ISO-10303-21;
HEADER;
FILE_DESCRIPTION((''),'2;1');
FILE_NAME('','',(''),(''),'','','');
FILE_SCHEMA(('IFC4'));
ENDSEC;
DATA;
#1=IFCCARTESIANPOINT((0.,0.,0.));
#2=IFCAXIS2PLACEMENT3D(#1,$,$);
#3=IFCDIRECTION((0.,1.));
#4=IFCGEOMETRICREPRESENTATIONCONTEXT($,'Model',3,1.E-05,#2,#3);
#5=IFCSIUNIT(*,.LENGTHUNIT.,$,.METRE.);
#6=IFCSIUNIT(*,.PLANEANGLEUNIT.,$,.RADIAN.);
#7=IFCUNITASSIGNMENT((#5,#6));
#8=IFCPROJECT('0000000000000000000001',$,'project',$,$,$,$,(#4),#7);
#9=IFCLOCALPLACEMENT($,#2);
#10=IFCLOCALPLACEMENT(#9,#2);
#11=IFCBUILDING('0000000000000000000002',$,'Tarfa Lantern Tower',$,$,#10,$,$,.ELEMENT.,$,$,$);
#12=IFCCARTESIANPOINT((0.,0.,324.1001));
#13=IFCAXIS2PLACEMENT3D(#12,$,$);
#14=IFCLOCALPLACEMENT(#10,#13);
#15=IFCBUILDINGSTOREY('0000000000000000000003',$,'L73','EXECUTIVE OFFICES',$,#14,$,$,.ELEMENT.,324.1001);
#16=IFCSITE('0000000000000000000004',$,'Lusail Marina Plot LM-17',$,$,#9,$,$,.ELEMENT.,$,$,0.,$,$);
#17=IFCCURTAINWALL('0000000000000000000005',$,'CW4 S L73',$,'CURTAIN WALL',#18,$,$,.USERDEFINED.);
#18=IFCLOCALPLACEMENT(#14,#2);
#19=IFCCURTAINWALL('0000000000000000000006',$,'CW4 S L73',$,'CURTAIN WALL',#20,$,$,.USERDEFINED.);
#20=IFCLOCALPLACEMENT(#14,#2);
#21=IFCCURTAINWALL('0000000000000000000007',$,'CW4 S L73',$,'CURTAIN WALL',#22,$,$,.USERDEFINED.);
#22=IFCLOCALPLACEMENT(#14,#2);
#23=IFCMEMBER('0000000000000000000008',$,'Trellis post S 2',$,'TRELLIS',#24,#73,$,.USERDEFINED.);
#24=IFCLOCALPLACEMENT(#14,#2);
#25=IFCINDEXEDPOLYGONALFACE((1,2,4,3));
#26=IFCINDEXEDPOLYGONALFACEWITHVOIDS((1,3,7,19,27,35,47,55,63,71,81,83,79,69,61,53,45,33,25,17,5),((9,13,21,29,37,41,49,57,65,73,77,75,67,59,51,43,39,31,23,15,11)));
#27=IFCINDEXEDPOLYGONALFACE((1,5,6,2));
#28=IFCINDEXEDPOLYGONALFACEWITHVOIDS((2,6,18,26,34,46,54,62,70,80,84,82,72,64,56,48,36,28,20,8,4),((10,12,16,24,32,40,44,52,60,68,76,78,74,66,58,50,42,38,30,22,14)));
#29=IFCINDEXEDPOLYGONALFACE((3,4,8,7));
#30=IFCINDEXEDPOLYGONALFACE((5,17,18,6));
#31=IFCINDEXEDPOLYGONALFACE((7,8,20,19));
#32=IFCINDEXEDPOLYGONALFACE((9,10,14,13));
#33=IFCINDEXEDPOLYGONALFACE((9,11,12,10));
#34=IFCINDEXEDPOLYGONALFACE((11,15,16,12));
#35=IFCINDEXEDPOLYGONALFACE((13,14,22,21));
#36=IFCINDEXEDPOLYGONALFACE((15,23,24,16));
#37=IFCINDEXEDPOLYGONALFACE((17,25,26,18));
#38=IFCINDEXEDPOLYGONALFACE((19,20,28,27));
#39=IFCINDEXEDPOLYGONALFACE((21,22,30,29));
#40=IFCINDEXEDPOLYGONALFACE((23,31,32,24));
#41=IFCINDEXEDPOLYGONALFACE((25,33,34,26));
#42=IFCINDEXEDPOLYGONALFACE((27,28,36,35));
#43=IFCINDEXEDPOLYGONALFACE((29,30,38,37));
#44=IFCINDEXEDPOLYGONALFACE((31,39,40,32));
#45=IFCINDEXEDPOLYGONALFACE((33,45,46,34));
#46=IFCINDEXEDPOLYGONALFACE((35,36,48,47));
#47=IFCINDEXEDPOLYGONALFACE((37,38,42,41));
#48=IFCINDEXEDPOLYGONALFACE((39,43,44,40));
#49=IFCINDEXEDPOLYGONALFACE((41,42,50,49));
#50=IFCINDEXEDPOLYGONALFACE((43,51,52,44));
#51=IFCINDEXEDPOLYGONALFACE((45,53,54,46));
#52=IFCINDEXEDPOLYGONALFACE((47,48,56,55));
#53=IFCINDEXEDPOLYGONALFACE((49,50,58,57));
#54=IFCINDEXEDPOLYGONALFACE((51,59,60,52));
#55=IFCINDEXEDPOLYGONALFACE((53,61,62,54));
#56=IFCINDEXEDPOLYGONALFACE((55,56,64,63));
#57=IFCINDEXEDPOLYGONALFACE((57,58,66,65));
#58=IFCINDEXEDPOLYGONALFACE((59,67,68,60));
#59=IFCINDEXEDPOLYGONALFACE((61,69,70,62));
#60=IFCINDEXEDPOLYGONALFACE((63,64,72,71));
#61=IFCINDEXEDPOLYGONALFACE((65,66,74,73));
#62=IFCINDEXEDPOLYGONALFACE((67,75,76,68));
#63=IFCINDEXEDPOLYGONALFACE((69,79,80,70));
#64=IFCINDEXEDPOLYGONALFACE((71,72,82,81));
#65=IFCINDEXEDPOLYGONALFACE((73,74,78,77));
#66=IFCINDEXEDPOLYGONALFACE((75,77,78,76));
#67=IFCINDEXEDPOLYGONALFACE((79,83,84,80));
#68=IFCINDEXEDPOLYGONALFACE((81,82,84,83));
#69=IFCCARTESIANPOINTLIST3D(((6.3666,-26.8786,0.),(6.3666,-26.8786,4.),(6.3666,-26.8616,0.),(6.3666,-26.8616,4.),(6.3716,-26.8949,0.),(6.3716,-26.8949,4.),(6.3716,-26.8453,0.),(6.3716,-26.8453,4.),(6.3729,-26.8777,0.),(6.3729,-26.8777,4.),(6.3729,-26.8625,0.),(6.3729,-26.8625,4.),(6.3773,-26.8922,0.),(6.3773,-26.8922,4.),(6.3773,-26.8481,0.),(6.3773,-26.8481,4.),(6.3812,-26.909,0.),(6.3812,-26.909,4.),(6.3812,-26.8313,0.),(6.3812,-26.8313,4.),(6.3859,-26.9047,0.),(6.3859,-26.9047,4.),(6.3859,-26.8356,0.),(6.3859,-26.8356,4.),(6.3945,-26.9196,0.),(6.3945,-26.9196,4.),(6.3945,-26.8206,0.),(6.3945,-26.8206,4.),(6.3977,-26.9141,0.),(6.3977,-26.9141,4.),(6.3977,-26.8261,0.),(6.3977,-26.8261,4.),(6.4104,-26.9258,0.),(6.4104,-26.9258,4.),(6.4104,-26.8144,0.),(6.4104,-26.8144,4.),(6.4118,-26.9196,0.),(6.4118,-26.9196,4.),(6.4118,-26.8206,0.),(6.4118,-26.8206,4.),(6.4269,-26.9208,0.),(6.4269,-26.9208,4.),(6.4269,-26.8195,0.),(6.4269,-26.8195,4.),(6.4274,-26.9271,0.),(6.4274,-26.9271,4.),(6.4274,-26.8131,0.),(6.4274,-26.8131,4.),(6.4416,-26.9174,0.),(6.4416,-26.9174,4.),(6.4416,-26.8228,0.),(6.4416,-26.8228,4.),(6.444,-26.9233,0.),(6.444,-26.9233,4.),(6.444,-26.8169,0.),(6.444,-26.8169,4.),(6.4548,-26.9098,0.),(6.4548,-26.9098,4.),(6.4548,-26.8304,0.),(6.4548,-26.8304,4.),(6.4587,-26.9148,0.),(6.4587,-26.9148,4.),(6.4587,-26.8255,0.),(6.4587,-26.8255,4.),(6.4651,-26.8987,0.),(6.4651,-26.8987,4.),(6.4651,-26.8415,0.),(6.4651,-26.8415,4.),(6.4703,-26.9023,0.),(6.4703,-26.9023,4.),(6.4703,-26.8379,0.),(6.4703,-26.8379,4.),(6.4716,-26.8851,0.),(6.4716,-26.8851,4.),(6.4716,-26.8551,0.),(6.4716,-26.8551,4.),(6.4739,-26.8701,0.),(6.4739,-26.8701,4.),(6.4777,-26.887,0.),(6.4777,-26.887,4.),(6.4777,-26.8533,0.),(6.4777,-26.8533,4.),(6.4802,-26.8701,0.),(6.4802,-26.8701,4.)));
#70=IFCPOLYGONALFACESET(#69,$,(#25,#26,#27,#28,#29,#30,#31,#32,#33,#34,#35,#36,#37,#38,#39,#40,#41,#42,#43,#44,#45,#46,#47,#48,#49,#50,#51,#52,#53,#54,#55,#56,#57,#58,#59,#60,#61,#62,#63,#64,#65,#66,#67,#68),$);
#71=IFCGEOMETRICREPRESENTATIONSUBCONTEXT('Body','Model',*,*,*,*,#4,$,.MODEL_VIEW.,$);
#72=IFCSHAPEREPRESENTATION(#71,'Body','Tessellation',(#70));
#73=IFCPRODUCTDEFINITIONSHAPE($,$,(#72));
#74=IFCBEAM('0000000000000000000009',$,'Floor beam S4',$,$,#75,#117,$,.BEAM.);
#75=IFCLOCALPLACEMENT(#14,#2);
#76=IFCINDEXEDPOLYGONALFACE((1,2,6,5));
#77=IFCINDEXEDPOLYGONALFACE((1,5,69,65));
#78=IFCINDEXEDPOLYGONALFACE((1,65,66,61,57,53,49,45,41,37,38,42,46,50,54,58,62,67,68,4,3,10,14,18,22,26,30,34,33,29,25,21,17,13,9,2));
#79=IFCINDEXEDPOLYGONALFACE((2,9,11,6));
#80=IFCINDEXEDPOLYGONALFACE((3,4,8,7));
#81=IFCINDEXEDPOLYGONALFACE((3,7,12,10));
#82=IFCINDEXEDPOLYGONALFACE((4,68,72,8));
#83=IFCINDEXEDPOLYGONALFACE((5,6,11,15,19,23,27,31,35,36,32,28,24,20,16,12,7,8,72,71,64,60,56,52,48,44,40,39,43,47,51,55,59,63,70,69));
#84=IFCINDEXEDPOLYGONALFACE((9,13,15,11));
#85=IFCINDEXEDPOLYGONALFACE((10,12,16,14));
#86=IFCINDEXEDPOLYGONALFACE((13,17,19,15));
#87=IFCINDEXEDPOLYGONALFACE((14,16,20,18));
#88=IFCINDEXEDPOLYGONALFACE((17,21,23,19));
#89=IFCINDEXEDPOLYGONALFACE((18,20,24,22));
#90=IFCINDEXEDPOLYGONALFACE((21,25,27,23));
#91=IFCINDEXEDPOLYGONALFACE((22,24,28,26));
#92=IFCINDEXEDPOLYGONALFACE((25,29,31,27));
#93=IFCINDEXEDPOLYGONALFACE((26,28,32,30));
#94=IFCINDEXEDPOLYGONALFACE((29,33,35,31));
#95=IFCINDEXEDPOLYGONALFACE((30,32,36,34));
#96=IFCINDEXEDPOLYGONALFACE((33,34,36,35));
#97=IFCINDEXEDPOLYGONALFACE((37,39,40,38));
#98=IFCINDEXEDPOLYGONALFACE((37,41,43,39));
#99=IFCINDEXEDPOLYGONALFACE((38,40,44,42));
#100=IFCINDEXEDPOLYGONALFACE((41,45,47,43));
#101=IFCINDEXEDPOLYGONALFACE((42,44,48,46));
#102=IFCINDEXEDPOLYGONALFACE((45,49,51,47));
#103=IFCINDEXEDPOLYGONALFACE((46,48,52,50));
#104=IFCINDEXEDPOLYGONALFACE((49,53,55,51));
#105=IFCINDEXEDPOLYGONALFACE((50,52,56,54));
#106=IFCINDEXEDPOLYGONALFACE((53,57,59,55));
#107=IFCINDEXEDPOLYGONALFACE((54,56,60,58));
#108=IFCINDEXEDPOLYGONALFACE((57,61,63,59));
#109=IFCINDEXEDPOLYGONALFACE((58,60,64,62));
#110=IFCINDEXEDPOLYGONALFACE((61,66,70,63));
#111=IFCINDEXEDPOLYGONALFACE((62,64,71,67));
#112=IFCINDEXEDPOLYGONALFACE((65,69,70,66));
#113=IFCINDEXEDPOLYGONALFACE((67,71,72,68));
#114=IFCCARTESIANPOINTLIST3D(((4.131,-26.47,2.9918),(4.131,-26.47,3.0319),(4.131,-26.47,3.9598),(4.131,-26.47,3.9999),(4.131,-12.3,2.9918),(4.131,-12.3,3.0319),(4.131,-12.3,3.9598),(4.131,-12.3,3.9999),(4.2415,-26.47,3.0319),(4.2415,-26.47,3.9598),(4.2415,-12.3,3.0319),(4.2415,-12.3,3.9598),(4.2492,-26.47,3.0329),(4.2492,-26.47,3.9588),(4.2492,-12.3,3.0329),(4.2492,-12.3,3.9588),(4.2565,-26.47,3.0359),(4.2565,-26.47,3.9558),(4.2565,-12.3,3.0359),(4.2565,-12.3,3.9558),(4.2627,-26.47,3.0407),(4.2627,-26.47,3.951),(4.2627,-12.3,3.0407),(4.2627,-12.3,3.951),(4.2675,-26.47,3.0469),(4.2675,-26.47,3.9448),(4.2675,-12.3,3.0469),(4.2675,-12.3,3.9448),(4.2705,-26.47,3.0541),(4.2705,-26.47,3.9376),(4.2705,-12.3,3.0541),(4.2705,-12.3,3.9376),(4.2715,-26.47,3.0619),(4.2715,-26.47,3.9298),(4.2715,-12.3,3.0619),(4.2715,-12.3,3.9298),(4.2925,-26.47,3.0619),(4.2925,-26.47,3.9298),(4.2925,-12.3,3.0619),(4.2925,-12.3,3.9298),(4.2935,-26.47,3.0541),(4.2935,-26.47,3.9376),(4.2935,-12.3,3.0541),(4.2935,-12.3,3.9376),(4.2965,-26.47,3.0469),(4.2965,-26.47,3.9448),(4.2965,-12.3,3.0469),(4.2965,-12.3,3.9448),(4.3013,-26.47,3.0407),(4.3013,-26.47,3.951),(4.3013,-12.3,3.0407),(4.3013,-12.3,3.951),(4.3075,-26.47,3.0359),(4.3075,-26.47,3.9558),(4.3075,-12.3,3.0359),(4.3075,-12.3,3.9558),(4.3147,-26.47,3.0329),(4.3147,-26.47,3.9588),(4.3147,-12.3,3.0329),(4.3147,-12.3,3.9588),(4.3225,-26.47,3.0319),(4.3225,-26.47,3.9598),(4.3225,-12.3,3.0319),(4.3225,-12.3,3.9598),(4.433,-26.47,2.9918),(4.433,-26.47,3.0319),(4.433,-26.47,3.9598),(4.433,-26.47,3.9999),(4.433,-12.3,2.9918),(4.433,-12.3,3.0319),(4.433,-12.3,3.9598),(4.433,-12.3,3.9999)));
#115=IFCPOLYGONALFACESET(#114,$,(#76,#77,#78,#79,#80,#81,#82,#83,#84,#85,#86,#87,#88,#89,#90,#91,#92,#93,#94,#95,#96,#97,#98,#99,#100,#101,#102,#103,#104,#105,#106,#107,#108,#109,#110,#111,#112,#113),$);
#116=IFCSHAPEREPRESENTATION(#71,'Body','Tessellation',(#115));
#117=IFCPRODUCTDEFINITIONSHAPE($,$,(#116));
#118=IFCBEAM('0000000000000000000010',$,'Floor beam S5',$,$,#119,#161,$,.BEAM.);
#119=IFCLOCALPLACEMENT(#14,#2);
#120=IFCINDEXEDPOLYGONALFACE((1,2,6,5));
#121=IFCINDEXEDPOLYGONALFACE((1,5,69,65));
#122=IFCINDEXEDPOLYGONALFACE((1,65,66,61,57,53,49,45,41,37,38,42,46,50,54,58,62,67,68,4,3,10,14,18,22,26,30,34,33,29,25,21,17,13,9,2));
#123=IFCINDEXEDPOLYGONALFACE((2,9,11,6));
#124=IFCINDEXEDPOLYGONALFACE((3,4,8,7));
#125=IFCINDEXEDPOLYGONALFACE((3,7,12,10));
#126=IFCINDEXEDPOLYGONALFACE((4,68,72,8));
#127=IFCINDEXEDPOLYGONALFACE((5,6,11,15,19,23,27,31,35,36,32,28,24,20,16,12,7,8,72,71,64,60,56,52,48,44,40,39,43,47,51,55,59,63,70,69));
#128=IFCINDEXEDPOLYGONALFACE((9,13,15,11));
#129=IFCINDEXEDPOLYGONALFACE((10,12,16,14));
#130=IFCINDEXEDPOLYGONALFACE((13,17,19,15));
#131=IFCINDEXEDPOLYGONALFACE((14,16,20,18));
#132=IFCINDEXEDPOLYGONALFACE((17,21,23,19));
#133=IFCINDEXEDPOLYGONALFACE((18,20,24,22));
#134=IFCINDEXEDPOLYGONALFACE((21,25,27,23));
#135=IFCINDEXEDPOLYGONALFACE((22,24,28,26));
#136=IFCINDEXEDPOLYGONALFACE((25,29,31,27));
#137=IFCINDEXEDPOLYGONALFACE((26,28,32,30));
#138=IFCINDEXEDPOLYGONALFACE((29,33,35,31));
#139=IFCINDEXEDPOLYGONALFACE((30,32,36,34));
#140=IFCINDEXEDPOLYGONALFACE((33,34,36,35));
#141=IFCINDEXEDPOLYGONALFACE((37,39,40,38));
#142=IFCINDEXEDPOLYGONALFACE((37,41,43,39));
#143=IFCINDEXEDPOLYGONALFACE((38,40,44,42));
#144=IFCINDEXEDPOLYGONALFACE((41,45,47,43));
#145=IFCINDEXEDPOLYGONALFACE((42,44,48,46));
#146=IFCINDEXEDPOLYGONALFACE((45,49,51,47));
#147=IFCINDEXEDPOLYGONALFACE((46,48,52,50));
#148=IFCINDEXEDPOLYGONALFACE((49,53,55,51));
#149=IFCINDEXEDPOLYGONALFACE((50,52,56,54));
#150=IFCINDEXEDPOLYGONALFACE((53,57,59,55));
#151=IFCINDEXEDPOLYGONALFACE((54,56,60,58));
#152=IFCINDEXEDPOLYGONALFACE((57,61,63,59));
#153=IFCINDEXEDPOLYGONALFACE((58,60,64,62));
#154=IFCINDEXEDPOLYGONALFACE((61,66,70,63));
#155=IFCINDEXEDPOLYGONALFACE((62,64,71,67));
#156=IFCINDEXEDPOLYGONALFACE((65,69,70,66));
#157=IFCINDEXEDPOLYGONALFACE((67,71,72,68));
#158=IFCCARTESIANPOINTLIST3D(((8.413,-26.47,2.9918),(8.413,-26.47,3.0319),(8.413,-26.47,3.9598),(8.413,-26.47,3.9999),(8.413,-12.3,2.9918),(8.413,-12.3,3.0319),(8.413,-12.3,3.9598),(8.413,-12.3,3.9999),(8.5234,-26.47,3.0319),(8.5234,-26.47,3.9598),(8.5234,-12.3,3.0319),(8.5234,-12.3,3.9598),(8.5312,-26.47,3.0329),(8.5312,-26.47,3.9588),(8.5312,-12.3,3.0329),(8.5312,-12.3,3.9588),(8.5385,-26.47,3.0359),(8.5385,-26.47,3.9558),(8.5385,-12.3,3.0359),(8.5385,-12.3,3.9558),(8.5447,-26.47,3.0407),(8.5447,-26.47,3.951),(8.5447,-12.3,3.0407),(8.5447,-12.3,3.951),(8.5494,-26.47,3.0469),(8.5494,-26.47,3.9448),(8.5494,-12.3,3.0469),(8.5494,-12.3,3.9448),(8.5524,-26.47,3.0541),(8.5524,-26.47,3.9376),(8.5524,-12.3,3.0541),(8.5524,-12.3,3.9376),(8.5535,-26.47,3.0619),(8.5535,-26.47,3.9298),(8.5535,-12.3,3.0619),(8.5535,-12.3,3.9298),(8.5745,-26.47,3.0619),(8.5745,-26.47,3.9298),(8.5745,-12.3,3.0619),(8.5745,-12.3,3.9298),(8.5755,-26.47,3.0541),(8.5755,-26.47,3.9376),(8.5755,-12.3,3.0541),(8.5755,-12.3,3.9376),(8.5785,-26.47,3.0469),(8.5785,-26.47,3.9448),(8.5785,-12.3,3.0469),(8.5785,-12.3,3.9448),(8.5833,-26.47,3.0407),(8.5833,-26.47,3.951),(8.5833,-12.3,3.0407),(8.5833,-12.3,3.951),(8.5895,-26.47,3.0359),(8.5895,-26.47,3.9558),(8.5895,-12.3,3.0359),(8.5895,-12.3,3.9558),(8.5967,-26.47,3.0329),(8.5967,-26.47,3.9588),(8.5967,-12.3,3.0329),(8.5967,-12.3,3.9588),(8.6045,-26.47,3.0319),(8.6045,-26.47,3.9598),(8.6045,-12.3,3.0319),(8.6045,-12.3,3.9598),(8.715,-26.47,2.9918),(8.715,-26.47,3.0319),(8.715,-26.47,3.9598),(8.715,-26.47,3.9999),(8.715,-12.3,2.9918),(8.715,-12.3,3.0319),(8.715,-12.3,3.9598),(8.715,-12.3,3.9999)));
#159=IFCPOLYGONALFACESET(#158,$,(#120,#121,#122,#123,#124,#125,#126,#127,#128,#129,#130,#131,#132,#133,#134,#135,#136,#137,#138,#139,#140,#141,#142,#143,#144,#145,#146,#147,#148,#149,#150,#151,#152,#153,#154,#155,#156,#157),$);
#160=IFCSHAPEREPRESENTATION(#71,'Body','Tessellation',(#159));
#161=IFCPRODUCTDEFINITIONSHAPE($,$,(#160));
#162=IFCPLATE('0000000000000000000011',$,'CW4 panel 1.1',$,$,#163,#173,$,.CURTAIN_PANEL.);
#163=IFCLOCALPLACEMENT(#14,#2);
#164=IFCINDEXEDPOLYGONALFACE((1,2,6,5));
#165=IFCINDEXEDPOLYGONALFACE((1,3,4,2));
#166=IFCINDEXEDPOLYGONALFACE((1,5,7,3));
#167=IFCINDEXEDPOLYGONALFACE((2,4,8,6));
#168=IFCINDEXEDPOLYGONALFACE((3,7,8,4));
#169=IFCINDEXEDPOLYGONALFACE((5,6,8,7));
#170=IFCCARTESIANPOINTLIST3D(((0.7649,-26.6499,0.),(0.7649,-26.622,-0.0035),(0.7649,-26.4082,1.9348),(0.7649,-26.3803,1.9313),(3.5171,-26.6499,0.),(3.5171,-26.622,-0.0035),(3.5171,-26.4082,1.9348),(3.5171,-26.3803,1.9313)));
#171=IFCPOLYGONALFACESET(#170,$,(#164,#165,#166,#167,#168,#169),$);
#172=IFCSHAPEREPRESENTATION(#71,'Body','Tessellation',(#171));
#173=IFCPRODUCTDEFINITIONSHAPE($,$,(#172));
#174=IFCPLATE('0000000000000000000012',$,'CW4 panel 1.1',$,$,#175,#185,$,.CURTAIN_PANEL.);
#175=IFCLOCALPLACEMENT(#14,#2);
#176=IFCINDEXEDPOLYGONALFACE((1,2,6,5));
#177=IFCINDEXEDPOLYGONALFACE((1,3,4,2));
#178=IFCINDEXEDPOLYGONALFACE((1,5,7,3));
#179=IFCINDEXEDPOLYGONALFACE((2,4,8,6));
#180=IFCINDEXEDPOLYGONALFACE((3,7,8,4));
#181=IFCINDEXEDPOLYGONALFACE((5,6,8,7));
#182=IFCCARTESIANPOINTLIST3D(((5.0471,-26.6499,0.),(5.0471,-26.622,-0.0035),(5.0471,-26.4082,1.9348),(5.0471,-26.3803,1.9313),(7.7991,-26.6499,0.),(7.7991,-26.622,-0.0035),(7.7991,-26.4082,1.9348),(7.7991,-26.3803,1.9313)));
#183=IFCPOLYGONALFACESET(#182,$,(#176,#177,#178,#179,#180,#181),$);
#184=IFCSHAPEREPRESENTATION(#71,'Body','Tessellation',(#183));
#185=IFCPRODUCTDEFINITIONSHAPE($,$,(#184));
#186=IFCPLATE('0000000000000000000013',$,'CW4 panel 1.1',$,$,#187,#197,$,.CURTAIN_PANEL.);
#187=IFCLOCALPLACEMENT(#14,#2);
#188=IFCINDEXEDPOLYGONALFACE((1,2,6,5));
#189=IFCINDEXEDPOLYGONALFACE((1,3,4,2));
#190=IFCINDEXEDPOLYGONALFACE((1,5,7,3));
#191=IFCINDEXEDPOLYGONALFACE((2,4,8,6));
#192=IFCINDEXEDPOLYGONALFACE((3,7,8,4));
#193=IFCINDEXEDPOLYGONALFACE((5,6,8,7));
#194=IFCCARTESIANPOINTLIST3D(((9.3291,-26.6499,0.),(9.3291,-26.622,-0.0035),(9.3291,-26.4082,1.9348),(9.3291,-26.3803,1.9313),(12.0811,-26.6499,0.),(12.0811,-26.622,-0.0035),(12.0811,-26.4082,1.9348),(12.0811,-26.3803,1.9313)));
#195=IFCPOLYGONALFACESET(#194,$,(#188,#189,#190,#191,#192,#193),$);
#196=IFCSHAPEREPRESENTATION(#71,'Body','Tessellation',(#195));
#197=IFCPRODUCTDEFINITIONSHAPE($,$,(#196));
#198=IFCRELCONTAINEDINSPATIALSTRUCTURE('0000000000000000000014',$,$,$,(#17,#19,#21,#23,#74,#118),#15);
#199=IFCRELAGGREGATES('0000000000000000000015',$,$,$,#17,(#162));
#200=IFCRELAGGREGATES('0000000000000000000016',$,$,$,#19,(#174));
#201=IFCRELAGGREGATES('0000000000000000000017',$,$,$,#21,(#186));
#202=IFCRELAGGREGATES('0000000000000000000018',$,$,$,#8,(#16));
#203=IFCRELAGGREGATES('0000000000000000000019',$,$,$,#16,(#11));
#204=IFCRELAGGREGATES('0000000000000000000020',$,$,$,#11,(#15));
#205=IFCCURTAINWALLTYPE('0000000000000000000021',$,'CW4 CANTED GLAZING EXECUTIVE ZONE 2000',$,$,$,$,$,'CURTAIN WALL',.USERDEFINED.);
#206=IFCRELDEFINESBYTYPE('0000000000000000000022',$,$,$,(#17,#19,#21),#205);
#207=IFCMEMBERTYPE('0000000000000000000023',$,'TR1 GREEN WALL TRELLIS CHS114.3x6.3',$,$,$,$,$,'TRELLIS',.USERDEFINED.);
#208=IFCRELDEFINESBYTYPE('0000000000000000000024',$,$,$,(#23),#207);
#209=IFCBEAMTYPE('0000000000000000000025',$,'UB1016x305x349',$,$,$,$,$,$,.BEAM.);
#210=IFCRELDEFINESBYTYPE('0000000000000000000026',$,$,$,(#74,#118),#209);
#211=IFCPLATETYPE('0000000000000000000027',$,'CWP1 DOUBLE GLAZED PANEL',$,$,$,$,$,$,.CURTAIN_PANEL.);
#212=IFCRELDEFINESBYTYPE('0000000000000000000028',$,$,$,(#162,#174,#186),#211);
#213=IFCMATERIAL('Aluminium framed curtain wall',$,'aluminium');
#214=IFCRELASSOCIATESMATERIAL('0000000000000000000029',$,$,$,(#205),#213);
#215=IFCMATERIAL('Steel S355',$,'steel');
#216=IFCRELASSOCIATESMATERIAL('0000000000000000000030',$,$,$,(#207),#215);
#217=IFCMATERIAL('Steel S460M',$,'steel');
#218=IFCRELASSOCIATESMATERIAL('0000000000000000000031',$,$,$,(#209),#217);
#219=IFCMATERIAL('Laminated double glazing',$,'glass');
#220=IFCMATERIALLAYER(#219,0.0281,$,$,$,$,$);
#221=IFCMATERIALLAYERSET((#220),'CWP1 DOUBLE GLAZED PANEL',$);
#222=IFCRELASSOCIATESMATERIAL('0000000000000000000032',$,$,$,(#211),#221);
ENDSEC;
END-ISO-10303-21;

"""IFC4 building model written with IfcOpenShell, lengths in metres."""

from ifc_helpers import new_model, si_unit, direction, frame, origin, origin_2d, place, context, subcontext, project, spatial, polyline, hollow_circle, i_section, outline, extrude, material, layer, layer_set, material_profile, profile_set, type_object, element, aggregate, save


model = new_model("IFC4")

# Units and contexts
model_context = context("Model", 3, precision=1e-05, world=origin(), true_north=direction((0.0, 1.0)))
body_context = subcontext(model_context, "Body", "Model", "MODEL_VIEW")
ifc_project = project(units=[si_unit("LENGTHUNIT", "METRE"), si_unit("PLANEANGLEUNIT", "RADIAN")], contexts=[model_context])

# Site, building, storey
site_placement = place(None, origin())
site = spatial("IfcSite", under=ifc_project, at=site_placement, Name="Lusail Marina Plot LM-17", CompositionType="ELEMENT", RefElevation=0.0)
building_placement = place(site_placement, origin())
building = spatial("IfcBuilding", under=site, at=building_placement, Name="Tarfa Lantern Tower", CompositionType="ELEMENT")
storey_placement = place(building_placement, frame((0.0, 0.0, 324.1001)))
storey = spatial("IfcBuildingStorey", under=building, at=storey_placement, Name="L73", Description="EXECUTIVE OFFICES", CompositionType="ELEMENT", Elevation=324.1001)

# Curtain walls
ifc_material_1 = material(Name="Aluminium framed curtain wall", Category="aluminium")
curtain_wall_type = type_object("IfcCurtainWallType", Name="CW4 CANTED GLAZING EXECUTIVE ZONE 2000", ElementType="CURTAIN WALL", PredefinedType="USERDEFINED", material=ifc_material_1)
curtain_wall_1_placement = place(storey_placement, origin())
curtain_wall_1 = element("IfcCurtainWall", 1, at=curtain_wall_1_placement, inside=storey, type_object=curtain_wall_type, Name="CW4 S L73", ObjectType="CURTAIN WALL", PredefinedType="USERDEFINED")
curtain_wall_2_placement = place(storey_placement, origin())
curtain_wall_2 = element("IfcCurtainWall", 2, at=curtain_wall_2_placement, inside=storey, type_object=curtain_wall_type, Name="CW4 S L73", ObjectType="CURTAIN WALL", PredefinedType="USERDEFINED")

# Curtain wall
curtain_wall_3_placement = place(storey_placement, origin())
curtain_wall_3 = element("IfcCurtainWall", 3, at=curtain_wall_3_placement, inside=storey, type_object=curtain_wall_type, Name="CW4 S L73", ObjectType="CURTAIN WALL", PredefinedType="USERDEFINED")

# Member
ifc_material_2 = material(Name="Steel S355", Category="steel")
ifc_material_profile_1 = material_profile(ifc_material_2, hollow_circle(Radius=0.0571, WallThickness=0.0063, at=origin_2d()), Name="CHS114.3x6.3")
ifc_profile_set_1 = profile_set([ifc_material_profile_1], Name="Steel S355")
member_type_1 = type_object("IfcMemberType", Name="TR1 GREEN WALL TRELLIS CHS114.3x6.3", ElementType="TRELLIS", PredefinedType="USERDEFINED", material=ifc_profile_set_1)
member_1_placement = place(storey_placement, frame((6.4231, -26.8701, 0.0), z_axis=(0.0, 0.0, 1.0), x_axis=(1.0, 0.0, 0.0)))
element("IfcMember", 4, at=member_1_placement, inside=storey, type_object=member_type_1, Name="Trellis post S 2", ObjectType="TRELLIS", PredefinedType="USERDEFINED", context=body_context, shape_type="SweptSolid", body=[
    extrude(hollow_circle(Radius=0.0571, WallThickness=0.0063, at=origin_2d()), origin(), (0.0, 0.0, 1.0), 4.0),
])

# Beams
ifc_material_3 = material(Name="Steel S460M", Category="steel")
ifc_material_profile_2 = material_profile(ifc_material_3, i_section(OverallWidth=0.302, OverallDepth=1.0081, WebThickness=0.021, FlangeThickness=0.04, FilletRadius=0.03, at=origin_2d()), Name="UB1016x305x349")
ifc_profile_set_2 = profile_set([ifc_material_profile_2], Name="Steel S460M")
beam_type_1 = type_object("IfcBeamType", Name="UB1016x305x349", PredefinedType="BEAM", material=ifc_profile_set_2)
for number, where, z_axis, x_axis, name in (
    (5, (4.282, -26.47, 3.4958), (0.0, 1.0, 0.0), (-1.0, 0.0, 0.0), "Floor beam S4"),
    (6, (8.564, -26.47, 3.4958), (0.0, 1.0, 0.0), (-1.0, 0.0, 0.0), "Floor beam S5"),
):
    element("IfcBeam", number, at=place(storey_placement, frame(where, z_axis=z_axis, x_axis=x_axis)), inside=storey, type_object=beam_type_1, Name=name, PredefinedType="BEAM", context=body_context, shape_type="SweptSolid", body=[
        extrude(i_section(OverallWidth=0.302, OverallDepth=1.0081, WebThickness=0.021, FlangeThickness=0.04, FilletRadius=0.03, at=origin_2d()), origin(), (0.0, 0.0, 1.0), 14.1699),
    ])

# Plates
ifc_material_4 = material(Name="Laminated double glazing", Category="glass")
ifc_layer = layer(ifc_material_4, 0.0281)
ifc_layer_set = layer_set([ifc_layer], Name="CWP1 DOUBLE GLAZED PANEL")
plate_type = type_object("IfcPlateType", Name="CWP1 DOUBLE GLAZED PANEL", PredefinedType="CURTAIN_PANEL", material=ifc_layer_set)
plate_1_placement = place(storey_placement, frame((0.7649, -26.6499, 0.0), z_axis=(0.0, -0.992288, 0.123958), x_axis=(1.0, 0.0, 0.0)))
plate_1 = element("IfcPlate", 7, at=plate_1_placement, type_object=plate_type, Name="CW4 panel 1.1", PredefinedType="CURTAIN_PANEL", context=body_context, shape_type="SweptSolid", body=[
    extrude(outline(polyline([(0.0, 0.0), (2.7522, 0.0), (2.7522, 1.9499), (0.0, 1.9499), (0.0, 0.0)])), origin(), (0.0, 0.0, -1.0), 0.0281),
])
aggregate(curtain_wall_1, [plate_1])
plate_2_placement = place(storey_placement, frame((5.0471, -26.6499, 0.0), z_axis=(0.0, -0.992288, 0.123958), x_axis=(1.0, 0.0, 0.0)))
plate_2 = element("IfcPlate", 8, at=plate_2_placement, type_object=plate_type, Name="CW4 panel 1.1", PredefinedType="CURTAIN_PANEL", context=body_context, shape_type="SweptSolid", body=[
    extrude(outline(polyline([(0.0, 0.0), (2.752, 0.0), (2.752, 1.9499), (0.0, 1.9499), (0.0, 0.0)])), origin(), (0.0, 0.0, -1.0), 0.0281),
])
aggregate(curtain_wall_2, [plate_2])
plate_3_placement = place(storey_placement, frame((9.3291, -26.6499, 0.0), z_axis=(0.0, -0.992288, 0.123958), x_axis=(1.0, 0.0, 0.0)))
plate_3 = element("IfcPlate", 9, at=plate_3_placement, type_object=plate_type, Name="CW4 panel 1.1", PredefinedType="CURTAIN_PANEL", context=body_context, shape_type="SweptSolid", body=[
    extrude(outline(polyline([(0.0, 0.0), (2.752, 0.0), (2.752, 1.9499), (0.0, 1.9499), (0.0, 0.0)])), origin(), (0.0, 0.0, -1.0), 0.0281),
])
aggregate(curtain_wall_3, [plate_3])

save(model, "model.ifc")
